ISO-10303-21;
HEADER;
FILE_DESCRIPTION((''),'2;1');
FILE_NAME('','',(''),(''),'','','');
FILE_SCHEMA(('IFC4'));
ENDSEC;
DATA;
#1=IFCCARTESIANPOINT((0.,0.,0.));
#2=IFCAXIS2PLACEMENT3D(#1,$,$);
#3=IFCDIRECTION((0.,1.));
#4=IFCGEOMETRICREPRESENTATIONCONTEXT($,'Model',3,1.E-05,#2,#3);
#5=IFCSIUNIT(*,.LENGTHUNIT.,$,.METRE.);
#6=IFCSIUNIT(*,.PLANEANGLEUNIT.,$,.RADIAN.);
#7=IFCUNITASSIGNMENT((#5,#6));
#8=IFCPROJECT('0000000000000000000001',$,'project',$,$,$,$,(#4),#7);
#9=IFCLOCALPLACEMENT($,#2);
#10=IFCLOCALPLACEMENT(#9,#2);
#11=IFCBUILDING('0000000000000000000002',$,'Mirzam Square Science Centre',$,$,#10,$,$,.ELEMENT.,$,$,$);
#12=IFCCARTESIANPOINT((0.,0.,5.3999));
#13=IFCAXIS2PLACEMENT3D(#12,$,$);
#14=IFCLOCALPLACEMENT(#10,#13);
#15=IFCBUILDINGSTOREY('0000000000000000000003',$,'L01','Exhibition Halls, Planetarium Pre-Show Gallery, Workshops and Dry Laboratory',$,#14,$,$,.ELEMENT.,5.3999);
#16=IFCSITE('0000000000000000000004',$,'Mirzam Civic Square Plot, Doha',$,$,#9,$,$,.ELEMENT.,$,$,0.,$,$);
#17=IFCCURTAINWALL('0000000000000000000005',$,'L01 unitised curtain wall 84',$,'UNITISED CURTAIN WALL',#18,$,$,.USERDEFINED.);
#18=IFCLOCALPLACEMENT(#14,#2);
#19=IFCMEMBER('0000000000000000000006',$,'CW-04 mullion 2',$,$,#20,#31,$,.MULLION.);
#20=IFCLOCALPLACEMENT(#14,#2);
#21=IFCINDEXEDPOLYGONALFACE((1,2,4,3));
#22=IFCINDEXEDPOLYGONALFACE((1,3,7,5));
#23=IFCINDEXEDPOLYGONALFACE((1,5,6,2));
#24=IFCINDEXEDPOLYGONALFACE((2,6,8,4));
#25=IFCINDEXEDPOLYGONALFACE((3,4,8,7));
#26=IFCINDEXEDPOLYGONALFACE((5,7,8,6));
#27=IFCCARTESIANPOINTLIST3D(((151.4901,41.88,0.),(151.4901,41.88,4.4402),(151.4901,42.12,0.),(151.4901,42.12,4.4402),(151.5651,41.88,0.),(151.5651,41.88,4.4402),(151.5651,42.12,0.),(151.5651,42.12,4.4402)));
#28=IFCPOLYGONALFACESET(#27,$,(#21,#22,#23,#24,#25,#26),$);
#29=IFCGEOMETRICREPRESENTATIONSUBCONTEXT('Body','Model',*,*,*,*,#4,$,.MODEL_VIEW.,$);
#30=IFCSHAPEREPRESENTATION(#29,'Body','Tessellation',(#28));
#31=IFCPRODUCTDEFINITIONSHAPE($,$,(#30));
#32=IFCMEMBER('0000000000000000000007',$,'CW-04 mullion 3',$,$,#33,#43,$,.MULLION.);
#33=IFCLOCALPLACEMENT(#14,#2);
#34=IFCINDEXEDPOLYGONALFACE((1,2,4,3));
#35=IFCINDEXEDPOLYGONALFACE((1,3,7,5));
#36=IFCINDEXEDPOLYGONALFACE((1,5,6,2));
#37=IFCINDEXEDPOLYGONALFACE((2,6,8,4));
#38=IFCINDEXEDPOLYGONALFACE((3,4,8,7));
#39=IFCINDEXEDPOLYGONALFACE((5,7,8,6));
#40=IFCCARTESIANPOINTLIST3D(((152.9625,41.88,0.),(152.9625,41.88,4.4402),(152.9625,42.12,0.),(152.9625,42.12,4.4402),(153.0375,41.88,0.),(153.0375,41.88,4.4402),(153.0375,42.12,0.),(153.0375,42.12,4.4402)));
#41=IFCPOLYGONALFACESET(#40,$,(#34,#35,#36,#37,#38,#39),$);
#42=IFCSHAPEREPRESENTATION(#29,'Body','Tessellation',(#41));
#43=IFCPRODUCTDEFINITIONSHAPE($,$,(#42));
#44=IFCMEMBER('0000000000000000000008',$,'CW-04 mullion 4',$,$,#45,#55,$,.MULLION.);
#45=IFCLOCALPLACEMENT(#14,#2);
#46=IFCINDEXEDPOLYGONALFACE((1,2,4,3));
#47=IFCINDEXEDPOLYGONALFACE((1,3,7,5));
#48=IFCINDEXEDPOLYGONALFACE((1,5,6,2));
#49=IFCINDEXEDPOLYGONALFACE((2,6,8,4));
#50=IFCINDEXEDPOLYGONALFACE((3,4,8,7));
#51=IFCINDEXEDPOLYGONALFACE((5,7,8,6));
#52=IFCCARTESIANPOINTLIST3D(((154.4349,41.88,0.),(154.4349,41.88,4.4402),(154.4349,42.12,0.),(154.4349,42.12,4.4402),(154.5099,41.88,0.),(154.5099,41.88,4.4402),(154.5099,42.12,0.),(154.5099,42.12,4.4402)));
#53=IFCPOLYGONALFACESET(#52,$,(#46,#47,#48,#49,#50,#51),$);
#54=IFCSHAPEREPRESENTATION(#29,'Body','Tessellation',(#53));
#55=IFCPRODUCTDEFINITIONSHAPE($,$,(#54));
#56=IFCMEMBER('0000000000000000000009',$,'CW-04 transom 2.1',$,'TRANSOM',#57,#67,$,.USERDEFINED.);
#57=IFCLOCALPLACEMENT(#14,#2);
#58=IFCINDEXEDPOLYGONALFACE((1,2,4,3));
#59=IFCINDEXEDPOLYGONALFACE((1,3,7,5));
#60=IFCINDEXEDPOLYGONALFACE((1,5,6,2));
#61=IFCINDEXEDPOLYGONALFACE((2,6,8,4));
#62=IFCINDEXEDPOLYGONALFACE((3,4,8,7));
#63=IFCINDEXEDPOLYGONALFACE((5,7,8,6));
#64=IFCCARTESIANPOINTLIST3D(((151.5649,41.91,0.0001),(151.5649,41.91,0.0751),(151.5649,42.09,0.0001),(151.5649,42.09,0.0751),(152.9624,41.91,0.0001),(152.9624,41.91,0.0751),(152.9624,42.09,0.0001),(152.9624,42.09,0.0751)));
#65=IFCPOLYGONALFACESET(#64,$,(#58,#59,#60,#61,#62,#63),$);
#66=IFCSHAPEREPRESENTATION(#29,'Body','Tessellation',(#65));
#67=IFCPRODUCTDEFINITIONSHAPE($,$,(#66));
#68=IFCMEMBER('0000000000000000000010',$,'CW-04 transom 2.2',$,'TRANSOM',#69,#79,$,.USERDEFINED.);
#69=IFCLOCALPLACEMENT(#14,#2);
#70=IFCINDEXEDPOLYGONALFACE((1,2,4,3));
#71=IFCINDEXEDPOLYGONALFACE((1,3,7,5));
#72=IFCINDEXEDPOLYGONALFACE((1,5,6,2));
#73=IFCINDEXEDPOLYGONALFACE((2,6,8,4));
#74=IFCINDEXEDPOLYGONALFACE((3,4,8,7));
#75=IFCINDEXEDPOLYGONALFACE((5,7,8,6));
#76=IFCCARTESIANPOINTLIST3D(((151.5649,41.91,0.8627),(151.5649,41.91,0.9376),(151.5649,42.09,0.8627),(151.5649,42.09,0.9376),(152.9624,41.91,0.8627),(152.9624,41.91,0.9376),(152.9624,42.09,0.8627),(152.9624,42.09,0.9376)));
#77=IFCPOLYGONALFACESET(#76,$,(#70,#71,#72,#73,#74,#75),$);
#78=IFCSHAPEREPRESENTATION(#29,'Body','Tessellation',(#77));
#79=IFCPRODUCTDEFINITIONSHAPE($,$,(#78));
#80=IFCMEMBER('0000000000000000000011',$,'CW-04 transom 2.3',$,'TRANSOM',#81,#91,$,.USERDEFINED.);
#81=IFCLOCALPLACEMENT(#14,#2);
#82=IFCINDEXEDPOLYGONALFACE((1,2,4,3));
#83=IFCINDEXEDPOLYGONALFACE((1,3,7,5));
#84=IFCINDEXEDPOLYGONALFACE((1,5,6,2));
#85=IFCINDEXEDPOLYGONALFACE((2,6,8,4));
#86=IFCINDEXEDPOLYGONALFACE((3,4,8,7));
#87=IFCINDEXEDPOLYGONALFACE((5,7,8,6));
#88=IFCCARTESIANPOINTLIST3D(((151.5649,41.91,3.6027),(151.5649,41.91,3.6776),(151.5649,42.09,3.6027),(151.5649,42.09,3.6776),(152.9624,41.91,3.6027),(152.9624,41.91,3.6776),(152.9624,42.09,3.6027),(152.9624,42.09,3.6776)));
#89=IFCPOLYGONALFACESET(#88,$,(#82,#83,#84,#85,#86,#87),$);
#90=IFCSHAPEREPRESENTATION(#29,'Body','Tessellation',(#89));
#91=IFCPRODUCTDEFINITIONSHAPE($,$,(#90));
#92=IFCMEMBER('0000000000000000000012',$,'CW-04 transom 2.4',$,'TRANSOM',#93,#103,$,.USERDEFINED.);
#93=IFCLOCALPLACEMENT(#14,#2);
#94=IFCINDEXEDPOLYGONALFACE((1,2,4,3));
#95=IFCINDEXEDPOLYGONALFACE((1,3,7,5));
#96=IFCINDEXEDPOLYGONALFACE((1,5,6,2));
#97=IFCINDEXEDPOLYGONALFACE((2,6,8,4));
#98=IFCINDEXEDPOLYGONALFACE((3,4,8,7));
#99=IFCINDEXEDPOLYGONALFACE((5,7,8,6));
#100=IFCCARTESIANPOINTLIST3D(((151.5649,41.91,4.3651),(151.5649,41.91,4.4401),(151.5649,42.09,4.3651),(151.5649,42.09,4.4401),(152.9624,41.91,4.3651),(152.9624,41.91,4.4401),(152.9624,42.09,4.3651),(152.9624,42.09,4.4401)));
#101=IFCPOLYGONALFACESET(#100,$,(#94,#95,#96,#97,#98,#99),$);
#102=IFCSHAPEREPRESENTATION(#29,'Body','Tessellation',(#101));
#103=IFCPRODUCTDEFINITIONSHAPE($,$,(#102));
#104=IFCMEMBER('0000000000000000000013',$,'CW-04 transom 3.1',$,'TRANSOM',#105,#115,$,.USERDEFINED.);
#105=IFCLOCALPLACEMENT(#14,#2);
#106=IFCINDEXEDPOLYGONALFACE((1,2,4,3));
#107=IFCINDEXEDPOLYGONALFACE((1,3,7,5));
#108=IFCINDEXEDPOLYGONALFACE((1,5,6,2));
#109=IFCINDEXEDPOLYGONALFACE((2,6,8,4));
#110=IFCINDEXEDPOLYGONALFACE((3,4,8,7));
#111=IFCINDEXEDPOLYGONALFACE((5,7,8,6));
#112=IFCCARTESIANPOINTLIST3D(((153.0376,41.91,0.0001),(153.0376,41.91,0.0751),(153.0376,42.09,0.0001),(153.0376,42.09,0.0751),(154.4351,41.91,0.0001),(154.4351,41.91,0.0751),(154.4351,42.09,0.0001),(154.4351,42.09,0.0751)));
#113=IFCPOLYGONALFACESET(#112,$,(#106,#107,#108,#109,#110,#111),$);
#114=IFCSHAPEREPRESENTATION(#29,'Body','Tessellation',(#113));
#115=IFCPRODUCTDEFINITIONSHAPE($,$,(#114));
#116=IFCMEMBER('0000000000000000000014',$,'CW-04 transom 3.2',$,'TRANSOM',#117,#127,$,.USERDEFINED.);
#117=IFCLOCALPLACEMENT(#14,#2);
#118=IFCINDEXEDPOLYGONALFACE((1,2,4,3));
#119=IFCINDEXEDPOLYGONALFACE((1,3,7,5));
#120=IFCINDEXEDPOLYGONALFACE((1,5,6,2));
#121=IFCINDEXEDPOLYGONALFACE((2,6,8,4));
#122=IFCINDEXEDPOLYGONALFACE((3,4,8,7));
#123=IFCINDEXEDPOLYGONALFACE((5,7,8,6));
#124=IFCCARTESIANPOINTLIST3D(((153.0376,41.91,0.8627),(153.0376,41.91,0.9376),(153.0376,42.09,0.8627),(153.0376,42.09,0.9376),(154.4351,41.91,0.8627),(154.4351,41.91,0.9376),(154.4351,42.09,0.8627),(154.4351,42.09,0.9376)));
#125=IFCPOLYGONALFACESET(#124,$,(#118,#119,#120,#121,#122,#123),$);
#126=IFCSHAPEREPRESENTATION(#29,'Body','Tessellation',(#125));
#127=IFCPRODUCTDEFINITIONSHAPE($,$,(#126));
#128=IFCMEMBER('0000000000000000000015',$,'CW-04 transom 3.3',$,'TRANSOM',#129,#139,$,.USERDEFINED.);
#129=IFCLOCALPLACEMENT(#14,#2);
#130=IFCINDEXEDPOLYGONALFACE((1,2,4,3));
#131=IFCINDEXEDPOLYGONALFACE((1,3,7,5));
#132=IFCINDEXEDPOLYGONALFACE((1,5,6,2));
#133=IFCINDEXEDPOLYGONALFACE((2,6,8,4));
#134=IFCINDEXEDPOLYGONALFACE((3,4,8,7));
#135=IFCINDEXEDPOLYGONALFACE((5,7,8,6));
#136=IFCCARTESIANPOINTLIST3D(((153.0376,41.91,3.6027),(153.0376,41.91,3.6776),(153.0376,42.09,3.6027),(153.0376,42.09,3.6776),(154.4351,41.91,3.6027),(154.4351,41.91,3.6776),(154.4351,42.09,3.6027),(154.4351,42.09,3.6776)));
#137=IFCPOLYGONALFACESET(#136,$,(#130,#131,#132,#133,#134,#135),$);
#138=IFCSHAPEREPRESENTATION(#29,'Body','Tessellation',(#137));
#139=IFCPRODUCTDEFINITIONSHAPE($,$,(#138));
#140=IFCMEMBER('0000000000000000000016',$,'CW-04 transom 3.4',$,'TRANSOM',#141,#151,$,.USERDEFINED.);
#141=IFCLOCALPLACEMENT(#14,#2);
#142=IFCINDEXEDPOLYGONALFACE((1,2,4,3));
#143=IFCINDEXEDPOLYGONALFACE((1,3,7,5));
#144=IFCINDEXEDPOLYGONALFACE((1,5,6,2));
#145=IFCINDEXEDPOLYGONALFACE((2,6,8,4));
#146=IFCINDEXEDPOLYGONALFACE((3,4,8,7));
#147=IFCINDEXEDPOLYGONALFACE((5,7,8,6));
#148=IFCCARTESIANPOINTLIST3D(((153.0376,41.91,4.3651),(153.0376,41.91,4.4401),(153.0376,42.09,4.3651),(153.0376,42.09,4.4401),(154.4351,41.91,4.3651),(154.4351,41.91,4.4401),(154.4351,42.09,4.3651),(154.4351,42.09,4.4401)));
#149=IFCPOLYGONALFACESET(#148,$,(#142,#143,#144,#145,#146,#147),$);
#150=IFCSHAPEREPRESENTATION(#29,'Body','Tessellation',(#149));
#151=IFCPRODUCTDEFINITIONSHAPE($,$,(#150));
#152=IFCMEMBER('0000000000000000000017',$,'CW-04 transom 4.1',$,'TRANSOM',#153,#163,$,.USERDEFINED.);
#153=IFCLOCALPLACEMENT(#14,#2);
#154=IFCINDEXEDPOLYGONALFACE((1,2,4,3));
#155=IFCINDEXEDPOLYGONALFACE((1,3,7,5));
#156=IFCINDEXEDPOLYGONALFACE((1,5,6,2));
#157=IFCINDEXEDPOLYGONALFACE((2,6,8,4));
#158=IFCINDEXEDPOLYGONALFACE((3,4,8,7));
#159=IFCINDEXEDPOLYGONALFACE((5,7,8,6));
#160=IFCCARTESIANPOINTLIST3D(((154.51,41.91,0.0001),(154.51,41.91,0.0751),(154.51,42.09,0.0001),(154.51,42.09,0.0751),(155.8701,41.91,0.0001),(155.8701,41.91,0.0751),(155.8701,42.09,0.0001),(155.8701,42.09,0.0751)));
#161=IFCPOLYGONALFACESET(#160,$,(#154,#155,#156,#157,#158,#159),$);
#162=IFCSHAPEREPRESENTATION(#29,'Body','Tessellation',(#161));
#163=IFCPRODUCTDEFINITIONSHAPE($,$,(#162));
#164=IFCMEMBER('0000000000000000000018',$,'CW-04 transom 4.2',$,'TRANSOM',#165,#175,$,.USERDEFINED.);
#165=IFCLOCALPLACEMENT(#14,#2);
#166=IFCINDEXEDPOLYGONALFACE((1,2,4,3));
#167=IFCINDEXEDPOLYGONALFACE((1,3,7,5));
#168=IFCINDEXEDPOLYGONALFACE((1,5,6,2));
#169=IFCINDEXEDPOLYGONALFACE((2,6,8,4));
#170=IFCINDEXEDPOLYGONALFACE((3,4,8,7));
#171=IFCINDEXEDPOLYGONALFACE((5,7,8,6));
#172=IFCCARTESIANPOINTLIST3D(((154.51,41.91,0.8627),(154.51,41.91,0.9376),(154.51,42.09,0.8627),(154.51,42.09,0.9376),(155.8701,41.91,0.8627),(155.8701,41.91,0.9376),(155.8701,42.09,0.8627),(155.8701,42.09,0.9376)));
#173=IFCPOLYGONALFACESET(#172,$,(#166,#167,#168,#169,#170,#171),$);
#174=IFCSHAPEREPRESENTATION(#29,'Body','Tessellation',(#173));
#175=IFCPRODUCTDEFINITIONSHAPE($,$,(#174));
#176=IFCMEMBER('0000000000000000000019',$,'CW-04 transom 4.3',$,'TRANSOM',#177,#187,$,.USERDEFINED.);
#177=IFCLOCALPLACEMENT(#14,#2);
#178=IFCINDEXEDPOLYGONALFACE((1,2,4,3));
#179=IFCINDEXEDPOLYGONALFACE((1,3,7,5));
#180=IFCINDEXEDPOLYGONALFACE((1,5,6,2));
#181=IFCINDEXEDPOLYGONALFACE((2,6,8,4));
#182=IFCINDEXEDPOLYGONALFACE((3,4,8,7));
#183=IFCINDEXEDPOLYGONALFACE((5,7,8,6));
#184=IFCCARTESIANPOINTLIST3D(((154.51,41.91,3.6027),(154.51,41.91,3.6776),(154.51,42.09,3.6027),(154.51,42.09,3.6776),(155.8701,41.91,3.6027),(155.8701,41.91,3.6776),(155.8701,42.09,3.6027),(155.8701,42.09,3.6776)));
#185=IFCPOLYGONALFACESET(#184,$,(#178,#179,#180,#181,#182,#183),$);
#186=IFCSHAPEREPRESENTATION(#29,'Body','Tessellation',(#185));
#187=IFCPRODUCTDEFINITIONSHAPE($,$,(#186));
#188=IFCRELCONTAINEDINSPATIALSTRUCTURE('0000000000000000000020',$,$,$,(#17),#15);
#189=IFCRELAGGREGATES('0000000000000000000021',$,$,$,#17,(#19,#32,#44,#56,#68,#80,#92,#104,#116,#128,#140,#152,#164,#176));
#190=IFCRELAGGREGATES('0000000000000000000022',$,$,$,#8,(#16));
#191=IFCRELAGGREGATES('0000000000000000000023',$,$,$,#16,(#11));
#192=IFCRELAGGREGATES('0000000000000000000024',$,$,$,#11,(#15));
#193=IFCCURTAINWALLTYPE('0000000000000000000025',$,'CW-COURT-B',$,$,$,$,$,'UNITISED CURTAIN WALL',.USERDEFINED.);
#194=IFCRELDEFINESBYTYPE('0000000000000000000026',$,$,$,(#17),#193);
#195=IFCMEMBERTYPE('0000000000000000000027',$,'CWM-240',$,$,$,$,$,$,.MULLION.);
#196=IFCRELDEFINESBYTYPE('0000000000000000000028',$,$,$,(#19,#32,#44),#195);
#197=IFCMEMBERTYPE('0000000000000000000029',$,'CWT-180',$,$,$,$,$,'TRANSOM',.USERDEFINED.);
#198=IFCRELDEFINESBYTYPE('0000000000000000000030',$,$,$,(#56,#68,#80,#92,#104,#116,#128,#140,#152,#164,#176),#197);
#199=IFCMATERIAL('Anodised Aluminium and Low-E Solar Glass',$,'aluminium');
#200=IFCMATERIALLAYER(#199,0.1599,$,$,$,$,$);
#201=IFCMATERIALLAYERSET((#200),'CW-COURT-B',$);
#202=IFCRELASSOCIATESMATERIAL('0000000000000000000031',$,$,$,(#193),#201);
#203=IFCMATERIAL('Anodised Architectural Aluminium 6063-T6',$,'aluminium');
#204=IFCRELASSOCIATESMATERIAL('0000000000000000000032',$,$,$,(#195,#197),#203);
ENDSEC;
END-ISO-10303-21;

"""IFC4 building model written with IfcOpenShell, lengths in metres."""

from ifc_helpers import new_model, si_unit, direction, frame, origin, origin_2d, place, context, subcontext, project, spatial, rectangle, extrude, material, layer, layer_set, material_profile, profile_set, type_object, element, aggregate, save


model = new_model("IFC4")

# Units and contexts
model_context = context("Model", 3, precision=1e-05, world=origin(), true_north=direction((0.0, 1.0)))
body_context = subcontext(model_context, "Body", "Model", "MODEL_VIEW")
ifc_project = project(units=[si_unit("LENGTHUNIT", "METRE"), si_unit("PLANEANGLEUNIT", "RADIAN")], contexts=[model_context])

# Site, building, storey
site_placement = place(None, origin())
site = spatial("IfcSite", under=ifc_project, at=site_placement, Name="Mirzam Civic Square Plot, Doha", CompositionType="ELEMENT", RefElevation=0.0)
building_placement = place(site_placement, origin())
building = spatial("IfcBuilding", under=site, at=building_placement, Name="Mirzam Square Science Centre", CompositionType="ELEMENT")
storey_placement = place(building_placement, frame((0.0, 0.0, 5.3999)))
storey = spatial("IfcBuildingStorey", under=building, at=storey_placement, Name="L01", Description="Exhibition Halls, Planetarium Pre-Show Gallery, Workshops and Dry Laboratory", CompositionType="ELEMENT", Elevation=5.3999)

# Curtain wall, members
ifc_material_1 = material(Name="Anodised Aluminium and Low-E Solar Glass", Category="aluminium")
ifc_layer_1 = layer(ifc_material_1, 0.1599)
ifc_layer_set_1 = layer_set([ifc_layer_1], Name="CW-COURT-B")
curtain_wall_type = type_object("IfcCurtainWallType", Name="CW-COURT-B", ElementType="UNITISED CURTAIN WALL", PredefinedType="USERDEFINED", material=ifc_layer_set_1)
curtain_wall_placement = place(storey_placement, origin())
curtain_wall = element("IfcCurtainWall", 1, at=curtain_wall_placement, inside=storey, type_object=curtain_wall_type, Name="L01 unitised curtain wall 84", ObjectType="UNITISED CURTAIN WALL", PredefinedType="USERDEFINED")
ifc_material_2 = material(Name="Anodised Architectural Aluminium 6063-T6", Category="aluminium")
ifc_material_profile_1 = material_profile(ifc_material_2, rectangle(XDim=0.075, YDim=0.24, at=origin_2d()), Name="ALU-MULL-240x75x5")
ifc_profile_set_1 = profile_set([ifc_material_profile_1], Name="Anodised Architectural Aluminium 6063-T6")
member_type_1 = type_object("IfcMemberType", Name="CWM-240", PredefinedType="MULLION", material=ifc_profile_set_1)
member_1_placement = place(storey_placement, frame((151.5276, 42.0, 0.0), z_axis=(0.0, 0.0, 1.0), x_axis=(1.0, 0.0, 0.0)))
member_1 = element("IfcMember", 2, at=member_1_placement, type_object=member_type_1, Name="CW-04 mullion 2", PredefinedType="MULLION", context=body_context, shape_type="SweptSolid", body=[
    extrude(rectangle(XDim=0.075, YDim=0.24, at=origin_2d()), origin(), (0.0, 0.0, 1.0), 4.4402),
])
member_2_placement = place(storey_placement, frame((153.0, 42.0, 0.0), z_axis=(0.0, 0.0, 1.0), x_axis=(1.0, 0.0, 0.0)))
member_2 = element("IfcMember", 3, at=member_2_placement, type_object=member_type_1, Name="CW-04 mullion 3", PredefinedType="MULLION", context=body_context, shape_type="SweptSolid", body=[
    extrude(rectangle(XDim=0.075, YDim=0.24, at=origin_2d()), origin(), (0.0, 0.0, 1.0), 4.4402),
])
member_3_placement = place(storey_placement, frame((154.4724, 42.0, 0.0), z_axis=(0.0, 0.0, 1.0), x_axis=(1.0, 0.0, 0.0)))
member_3 = element("IfcMember", 4, at=member_3_placement, type_object=member_type_1, Name="CW-04 mullion 4", PredefinedType="MULLION", context=body_context, shape_type="SweptSolid", body=[
    extrude(rectangle(XDim=0.075, YDim=0.24, at=origin_2d()), origin(), (0.0, 0.0, 1.0), 4.4402),
])
ifc_material_profile_2 = material_profile(ifc_material_2, rectangle(XDim=0.1799, YDim=0.075, at=origin_2d()), Name="ALU-TRAN-180x75x5")
ifc_profile_set_2 = profile_set([ifc_material_profile_2], Name="Anodised Architectural Aluminium 6063-T6")
member_type_2 = type_object("IfcMemberType", Name="CWT-180", ElementType="TRANSOM", PredefinedType="USERDEFINED", material=ifc_profile_set_2)
member_4_placement = place(storey_placement, frame((151.5649, 42.0, 0.0376), z_axis=(1.0, 0.0, 0.0), x_axis=(0.0, 1.0, 0.0)))
member_4 = element("IfcMember", 5, at=member_4_placement, type_object=member_type_2, Name="CW-04 transom 2.1", ObjectType="TRANSOM", PredefinedType="USERDEFINED", context=body_context, shape_type="SweptSolid", body=[
    extrude(rectangle(XDim=0.1799, YDim=0.075, at=origin_2d()), origin(), (0.0, 0.0, 1.0), 1.3975),
])
member_5_placement = place(storey_placement, frame((151.5649, 42.0, 0.9001), z_axis=(1.0, 0.0, 0.0), x_axis=(0.0, 1.0, 0.0)))
member_5 = element("IfcMember", 6, at=member_5_placement, type_object=member_type_2, Name="CW-04 transom 2.2", ObjectType="TRANSOM", PredefinedType="USERDEFINED", context=body_context, shape_type="SweptSolid", body=[
    extrude(rectangle(XDim=0.1799, YDim=0.075, at=origin_2d()), origin(), (0.0, 0.0, 1.0), 1.3975),
])
member_6_placement = place(storey_placement, frame((151.5649, 42.0, 3.6401), z_axis=(1.0, 0.0, 0.0), x_axis=(0.0, 1.0, 0.0)))
member_6 = element("IfcMember", 7, at=member_6_placement, type_object=member_type_2, Name="CW-04 transom 2.3", ObjectType="TRANSOM", PredefinedType="USERDEFINED", context=body_context, shape_type="SweptSolid", body=[
    extrude(rectangle(XDim=0.1799, YDim=0.075, at=origin_2d()), origin(), (0.0, 0.0, 1.0), 1.3975),
])
member_7_placement = place(storey_placement, frame((151.5649, 42.0, 4.4026), z_axis=(1.0, 0.0, 0.0), x_axis=(0.0, 1.0, 0.0)))
member_7 = element("IfcMember", 8, at=member_7_placement, type_object=member_type_2, Name="CW-04 transom 2.4", ObjectType="TRANSOM", PredefinedType="USERDEFINED", context=body_context, shape_type="SweptSolid", body=[
    extrude(rectangle(XDim=0.1799, YDim=0.075, at=origin_2d()), origin(), (0.0, 0.0, 1.0), 1.3975),
])
member_8_placement = place(storey_placement, frame((153.0376, 42.0, 0.0376), z_axis=(1.0, 0.0, 0.0), x_axis=(0.0, 1.0, 0.0)))
member_8 = element("IfcMember", 9, at=member_8_placement, type_object=member_type_2, Name="CW-04 transom 3.1", ObjectType="TRANSOM", PredefinedType="USERDEFINED", context=body_context, shape_type="SweptSolid", body=[
    extrude(rectangle(XDim=0.1799, YDim=0.075, at=origin_2d()), origin(), (0.0, 0.0, 1.0), 1.3975),
])
member_9_placement = place(storey_placement, frame((153.0376, 42.0, 0.9001), z_axis=(1.0, 0.0, 0.0), x_axis=(0.0, 1.0, 0.0)))
member_9 = element("IfcMember", 10, at=member_9_placement, type_object=member_type_2, Name="CW-04 transom 3.2", ObjectType="TRANSOM", PredefinedType="USERDEFINED", context=body_context, shape_type="SweptSolid", body=[
    extrude(rectangle(XDim=0.1799, YDim=0.075, at=origin_2d()), origin(), (0.0, 0.0, 1.0), 1.3975),
])
member_10_placement = place(storey_placement, frame((153.0376, 42.0, 3.6401), z_axis=(1.0, 0.0, 0.0), x_axis=(0.0, 1.0, 0.0)))
member_10 = element("IfcMember", 11, at=member_10_placement, type_object=member_type_2, Name="CW-04 transom 3.3", ObjectType="TRANSOM", PredefinedType="USERDEFINED", context=body_context, shape_type="SweptSolid", body=[
    extrude(rectangle(XDim=0.1799, YDim=0.075, at=origin_2d()), origin(), (0.0, 0.0, 1.0), 1.3975),
])
member_11_placement = place(storey_placement, frame((153.0376, 42.0, 4.4026), z_axis=(1.0, 0.0, 0.0), x_axis=(0.0, 1.0, 0.0)))
member_11 = element("IfcMember", 12, at=member_11_placement, type_object=member_type_2, Name="CW-04 transom 3.4", ObjectType="TRANSOM", PredefinedType="USERDEFINED", context=body_context, shape_type="SweptSolid", body=[
    extrude(rectangle(XDim=0.1799, YDim=0.075, at=origin_2d()), origin(), (0.0, 0.0, 1.0), 1.3975),
])
member_12_placement = place(storey_placement, frame((154.51, 42.0, 0.0376), z_axis=(1.0, 0.0, 0.0), x_axis=(0.0, 1.0, 0.0)))
member_12 = element("IfcMember", 13, at=member_12_placement, type_object=member_type_2, Name="CW-04 transom 4.1", ObjectType="TRANSOM", PredefinedType="USERDEFINED", context=body_context, shape_type="SweptSolid", body=[
    extrude(rectangle(XDim=0.1799, YDim=0.075, at=origin_2d()), origin(), (0.0, 0.0, 1.0), 1.3601),
])
member_13_placement = place(storey_placement, frame((154.51, 42.0, 0.9001), z_axis=(1.0, 0.0, 0.0), x_axis=(0.0, 1.0, 0.0)))
member_13 = element("IfcMember", 14, at=member_13_placement, type_object=member_type_2, Name="CW-04 transom 4.2", ObjectType="TRANSOM", PredefinedType="USERDEFINED", context=body_context, shape_type="SweptSolid", body=[
    extrude(rectangle(XDim=0.1799, YDim=0.075, at=origin_2d()), origin(), (0.0, 0.0, 1.0), 1.3601),
])
member_14_placement = place(storey_placement, frame((154.51, 42.0, 3.6401), z_axis=(1.0, 0.0, 0.0), x_axis=(0.0, 1.0, 0.0)))
member_14 = element("IfcMember", 15, at=member_14_placement, type_object=member_type_2, Name="CW-04 transom 4.3", ObjectType="TRANSOM", PredefinedType="USERDEFINED", context=body_context, shape_type="SweptSolid", body=[
    extrude(rectangle(XDim=0.1799, YDim=0.075, at=origin_2d()), origin(), (0.0, 0.0, 1.0), 1.3601),
])
aggregate(curtain_wall, [member_1, member_2, member_3, member_4, member_5, member_6, member_7, member_8, member_9, member_10, member_11, member_12, member_13, member_14])

save(model, "model.ifc")
